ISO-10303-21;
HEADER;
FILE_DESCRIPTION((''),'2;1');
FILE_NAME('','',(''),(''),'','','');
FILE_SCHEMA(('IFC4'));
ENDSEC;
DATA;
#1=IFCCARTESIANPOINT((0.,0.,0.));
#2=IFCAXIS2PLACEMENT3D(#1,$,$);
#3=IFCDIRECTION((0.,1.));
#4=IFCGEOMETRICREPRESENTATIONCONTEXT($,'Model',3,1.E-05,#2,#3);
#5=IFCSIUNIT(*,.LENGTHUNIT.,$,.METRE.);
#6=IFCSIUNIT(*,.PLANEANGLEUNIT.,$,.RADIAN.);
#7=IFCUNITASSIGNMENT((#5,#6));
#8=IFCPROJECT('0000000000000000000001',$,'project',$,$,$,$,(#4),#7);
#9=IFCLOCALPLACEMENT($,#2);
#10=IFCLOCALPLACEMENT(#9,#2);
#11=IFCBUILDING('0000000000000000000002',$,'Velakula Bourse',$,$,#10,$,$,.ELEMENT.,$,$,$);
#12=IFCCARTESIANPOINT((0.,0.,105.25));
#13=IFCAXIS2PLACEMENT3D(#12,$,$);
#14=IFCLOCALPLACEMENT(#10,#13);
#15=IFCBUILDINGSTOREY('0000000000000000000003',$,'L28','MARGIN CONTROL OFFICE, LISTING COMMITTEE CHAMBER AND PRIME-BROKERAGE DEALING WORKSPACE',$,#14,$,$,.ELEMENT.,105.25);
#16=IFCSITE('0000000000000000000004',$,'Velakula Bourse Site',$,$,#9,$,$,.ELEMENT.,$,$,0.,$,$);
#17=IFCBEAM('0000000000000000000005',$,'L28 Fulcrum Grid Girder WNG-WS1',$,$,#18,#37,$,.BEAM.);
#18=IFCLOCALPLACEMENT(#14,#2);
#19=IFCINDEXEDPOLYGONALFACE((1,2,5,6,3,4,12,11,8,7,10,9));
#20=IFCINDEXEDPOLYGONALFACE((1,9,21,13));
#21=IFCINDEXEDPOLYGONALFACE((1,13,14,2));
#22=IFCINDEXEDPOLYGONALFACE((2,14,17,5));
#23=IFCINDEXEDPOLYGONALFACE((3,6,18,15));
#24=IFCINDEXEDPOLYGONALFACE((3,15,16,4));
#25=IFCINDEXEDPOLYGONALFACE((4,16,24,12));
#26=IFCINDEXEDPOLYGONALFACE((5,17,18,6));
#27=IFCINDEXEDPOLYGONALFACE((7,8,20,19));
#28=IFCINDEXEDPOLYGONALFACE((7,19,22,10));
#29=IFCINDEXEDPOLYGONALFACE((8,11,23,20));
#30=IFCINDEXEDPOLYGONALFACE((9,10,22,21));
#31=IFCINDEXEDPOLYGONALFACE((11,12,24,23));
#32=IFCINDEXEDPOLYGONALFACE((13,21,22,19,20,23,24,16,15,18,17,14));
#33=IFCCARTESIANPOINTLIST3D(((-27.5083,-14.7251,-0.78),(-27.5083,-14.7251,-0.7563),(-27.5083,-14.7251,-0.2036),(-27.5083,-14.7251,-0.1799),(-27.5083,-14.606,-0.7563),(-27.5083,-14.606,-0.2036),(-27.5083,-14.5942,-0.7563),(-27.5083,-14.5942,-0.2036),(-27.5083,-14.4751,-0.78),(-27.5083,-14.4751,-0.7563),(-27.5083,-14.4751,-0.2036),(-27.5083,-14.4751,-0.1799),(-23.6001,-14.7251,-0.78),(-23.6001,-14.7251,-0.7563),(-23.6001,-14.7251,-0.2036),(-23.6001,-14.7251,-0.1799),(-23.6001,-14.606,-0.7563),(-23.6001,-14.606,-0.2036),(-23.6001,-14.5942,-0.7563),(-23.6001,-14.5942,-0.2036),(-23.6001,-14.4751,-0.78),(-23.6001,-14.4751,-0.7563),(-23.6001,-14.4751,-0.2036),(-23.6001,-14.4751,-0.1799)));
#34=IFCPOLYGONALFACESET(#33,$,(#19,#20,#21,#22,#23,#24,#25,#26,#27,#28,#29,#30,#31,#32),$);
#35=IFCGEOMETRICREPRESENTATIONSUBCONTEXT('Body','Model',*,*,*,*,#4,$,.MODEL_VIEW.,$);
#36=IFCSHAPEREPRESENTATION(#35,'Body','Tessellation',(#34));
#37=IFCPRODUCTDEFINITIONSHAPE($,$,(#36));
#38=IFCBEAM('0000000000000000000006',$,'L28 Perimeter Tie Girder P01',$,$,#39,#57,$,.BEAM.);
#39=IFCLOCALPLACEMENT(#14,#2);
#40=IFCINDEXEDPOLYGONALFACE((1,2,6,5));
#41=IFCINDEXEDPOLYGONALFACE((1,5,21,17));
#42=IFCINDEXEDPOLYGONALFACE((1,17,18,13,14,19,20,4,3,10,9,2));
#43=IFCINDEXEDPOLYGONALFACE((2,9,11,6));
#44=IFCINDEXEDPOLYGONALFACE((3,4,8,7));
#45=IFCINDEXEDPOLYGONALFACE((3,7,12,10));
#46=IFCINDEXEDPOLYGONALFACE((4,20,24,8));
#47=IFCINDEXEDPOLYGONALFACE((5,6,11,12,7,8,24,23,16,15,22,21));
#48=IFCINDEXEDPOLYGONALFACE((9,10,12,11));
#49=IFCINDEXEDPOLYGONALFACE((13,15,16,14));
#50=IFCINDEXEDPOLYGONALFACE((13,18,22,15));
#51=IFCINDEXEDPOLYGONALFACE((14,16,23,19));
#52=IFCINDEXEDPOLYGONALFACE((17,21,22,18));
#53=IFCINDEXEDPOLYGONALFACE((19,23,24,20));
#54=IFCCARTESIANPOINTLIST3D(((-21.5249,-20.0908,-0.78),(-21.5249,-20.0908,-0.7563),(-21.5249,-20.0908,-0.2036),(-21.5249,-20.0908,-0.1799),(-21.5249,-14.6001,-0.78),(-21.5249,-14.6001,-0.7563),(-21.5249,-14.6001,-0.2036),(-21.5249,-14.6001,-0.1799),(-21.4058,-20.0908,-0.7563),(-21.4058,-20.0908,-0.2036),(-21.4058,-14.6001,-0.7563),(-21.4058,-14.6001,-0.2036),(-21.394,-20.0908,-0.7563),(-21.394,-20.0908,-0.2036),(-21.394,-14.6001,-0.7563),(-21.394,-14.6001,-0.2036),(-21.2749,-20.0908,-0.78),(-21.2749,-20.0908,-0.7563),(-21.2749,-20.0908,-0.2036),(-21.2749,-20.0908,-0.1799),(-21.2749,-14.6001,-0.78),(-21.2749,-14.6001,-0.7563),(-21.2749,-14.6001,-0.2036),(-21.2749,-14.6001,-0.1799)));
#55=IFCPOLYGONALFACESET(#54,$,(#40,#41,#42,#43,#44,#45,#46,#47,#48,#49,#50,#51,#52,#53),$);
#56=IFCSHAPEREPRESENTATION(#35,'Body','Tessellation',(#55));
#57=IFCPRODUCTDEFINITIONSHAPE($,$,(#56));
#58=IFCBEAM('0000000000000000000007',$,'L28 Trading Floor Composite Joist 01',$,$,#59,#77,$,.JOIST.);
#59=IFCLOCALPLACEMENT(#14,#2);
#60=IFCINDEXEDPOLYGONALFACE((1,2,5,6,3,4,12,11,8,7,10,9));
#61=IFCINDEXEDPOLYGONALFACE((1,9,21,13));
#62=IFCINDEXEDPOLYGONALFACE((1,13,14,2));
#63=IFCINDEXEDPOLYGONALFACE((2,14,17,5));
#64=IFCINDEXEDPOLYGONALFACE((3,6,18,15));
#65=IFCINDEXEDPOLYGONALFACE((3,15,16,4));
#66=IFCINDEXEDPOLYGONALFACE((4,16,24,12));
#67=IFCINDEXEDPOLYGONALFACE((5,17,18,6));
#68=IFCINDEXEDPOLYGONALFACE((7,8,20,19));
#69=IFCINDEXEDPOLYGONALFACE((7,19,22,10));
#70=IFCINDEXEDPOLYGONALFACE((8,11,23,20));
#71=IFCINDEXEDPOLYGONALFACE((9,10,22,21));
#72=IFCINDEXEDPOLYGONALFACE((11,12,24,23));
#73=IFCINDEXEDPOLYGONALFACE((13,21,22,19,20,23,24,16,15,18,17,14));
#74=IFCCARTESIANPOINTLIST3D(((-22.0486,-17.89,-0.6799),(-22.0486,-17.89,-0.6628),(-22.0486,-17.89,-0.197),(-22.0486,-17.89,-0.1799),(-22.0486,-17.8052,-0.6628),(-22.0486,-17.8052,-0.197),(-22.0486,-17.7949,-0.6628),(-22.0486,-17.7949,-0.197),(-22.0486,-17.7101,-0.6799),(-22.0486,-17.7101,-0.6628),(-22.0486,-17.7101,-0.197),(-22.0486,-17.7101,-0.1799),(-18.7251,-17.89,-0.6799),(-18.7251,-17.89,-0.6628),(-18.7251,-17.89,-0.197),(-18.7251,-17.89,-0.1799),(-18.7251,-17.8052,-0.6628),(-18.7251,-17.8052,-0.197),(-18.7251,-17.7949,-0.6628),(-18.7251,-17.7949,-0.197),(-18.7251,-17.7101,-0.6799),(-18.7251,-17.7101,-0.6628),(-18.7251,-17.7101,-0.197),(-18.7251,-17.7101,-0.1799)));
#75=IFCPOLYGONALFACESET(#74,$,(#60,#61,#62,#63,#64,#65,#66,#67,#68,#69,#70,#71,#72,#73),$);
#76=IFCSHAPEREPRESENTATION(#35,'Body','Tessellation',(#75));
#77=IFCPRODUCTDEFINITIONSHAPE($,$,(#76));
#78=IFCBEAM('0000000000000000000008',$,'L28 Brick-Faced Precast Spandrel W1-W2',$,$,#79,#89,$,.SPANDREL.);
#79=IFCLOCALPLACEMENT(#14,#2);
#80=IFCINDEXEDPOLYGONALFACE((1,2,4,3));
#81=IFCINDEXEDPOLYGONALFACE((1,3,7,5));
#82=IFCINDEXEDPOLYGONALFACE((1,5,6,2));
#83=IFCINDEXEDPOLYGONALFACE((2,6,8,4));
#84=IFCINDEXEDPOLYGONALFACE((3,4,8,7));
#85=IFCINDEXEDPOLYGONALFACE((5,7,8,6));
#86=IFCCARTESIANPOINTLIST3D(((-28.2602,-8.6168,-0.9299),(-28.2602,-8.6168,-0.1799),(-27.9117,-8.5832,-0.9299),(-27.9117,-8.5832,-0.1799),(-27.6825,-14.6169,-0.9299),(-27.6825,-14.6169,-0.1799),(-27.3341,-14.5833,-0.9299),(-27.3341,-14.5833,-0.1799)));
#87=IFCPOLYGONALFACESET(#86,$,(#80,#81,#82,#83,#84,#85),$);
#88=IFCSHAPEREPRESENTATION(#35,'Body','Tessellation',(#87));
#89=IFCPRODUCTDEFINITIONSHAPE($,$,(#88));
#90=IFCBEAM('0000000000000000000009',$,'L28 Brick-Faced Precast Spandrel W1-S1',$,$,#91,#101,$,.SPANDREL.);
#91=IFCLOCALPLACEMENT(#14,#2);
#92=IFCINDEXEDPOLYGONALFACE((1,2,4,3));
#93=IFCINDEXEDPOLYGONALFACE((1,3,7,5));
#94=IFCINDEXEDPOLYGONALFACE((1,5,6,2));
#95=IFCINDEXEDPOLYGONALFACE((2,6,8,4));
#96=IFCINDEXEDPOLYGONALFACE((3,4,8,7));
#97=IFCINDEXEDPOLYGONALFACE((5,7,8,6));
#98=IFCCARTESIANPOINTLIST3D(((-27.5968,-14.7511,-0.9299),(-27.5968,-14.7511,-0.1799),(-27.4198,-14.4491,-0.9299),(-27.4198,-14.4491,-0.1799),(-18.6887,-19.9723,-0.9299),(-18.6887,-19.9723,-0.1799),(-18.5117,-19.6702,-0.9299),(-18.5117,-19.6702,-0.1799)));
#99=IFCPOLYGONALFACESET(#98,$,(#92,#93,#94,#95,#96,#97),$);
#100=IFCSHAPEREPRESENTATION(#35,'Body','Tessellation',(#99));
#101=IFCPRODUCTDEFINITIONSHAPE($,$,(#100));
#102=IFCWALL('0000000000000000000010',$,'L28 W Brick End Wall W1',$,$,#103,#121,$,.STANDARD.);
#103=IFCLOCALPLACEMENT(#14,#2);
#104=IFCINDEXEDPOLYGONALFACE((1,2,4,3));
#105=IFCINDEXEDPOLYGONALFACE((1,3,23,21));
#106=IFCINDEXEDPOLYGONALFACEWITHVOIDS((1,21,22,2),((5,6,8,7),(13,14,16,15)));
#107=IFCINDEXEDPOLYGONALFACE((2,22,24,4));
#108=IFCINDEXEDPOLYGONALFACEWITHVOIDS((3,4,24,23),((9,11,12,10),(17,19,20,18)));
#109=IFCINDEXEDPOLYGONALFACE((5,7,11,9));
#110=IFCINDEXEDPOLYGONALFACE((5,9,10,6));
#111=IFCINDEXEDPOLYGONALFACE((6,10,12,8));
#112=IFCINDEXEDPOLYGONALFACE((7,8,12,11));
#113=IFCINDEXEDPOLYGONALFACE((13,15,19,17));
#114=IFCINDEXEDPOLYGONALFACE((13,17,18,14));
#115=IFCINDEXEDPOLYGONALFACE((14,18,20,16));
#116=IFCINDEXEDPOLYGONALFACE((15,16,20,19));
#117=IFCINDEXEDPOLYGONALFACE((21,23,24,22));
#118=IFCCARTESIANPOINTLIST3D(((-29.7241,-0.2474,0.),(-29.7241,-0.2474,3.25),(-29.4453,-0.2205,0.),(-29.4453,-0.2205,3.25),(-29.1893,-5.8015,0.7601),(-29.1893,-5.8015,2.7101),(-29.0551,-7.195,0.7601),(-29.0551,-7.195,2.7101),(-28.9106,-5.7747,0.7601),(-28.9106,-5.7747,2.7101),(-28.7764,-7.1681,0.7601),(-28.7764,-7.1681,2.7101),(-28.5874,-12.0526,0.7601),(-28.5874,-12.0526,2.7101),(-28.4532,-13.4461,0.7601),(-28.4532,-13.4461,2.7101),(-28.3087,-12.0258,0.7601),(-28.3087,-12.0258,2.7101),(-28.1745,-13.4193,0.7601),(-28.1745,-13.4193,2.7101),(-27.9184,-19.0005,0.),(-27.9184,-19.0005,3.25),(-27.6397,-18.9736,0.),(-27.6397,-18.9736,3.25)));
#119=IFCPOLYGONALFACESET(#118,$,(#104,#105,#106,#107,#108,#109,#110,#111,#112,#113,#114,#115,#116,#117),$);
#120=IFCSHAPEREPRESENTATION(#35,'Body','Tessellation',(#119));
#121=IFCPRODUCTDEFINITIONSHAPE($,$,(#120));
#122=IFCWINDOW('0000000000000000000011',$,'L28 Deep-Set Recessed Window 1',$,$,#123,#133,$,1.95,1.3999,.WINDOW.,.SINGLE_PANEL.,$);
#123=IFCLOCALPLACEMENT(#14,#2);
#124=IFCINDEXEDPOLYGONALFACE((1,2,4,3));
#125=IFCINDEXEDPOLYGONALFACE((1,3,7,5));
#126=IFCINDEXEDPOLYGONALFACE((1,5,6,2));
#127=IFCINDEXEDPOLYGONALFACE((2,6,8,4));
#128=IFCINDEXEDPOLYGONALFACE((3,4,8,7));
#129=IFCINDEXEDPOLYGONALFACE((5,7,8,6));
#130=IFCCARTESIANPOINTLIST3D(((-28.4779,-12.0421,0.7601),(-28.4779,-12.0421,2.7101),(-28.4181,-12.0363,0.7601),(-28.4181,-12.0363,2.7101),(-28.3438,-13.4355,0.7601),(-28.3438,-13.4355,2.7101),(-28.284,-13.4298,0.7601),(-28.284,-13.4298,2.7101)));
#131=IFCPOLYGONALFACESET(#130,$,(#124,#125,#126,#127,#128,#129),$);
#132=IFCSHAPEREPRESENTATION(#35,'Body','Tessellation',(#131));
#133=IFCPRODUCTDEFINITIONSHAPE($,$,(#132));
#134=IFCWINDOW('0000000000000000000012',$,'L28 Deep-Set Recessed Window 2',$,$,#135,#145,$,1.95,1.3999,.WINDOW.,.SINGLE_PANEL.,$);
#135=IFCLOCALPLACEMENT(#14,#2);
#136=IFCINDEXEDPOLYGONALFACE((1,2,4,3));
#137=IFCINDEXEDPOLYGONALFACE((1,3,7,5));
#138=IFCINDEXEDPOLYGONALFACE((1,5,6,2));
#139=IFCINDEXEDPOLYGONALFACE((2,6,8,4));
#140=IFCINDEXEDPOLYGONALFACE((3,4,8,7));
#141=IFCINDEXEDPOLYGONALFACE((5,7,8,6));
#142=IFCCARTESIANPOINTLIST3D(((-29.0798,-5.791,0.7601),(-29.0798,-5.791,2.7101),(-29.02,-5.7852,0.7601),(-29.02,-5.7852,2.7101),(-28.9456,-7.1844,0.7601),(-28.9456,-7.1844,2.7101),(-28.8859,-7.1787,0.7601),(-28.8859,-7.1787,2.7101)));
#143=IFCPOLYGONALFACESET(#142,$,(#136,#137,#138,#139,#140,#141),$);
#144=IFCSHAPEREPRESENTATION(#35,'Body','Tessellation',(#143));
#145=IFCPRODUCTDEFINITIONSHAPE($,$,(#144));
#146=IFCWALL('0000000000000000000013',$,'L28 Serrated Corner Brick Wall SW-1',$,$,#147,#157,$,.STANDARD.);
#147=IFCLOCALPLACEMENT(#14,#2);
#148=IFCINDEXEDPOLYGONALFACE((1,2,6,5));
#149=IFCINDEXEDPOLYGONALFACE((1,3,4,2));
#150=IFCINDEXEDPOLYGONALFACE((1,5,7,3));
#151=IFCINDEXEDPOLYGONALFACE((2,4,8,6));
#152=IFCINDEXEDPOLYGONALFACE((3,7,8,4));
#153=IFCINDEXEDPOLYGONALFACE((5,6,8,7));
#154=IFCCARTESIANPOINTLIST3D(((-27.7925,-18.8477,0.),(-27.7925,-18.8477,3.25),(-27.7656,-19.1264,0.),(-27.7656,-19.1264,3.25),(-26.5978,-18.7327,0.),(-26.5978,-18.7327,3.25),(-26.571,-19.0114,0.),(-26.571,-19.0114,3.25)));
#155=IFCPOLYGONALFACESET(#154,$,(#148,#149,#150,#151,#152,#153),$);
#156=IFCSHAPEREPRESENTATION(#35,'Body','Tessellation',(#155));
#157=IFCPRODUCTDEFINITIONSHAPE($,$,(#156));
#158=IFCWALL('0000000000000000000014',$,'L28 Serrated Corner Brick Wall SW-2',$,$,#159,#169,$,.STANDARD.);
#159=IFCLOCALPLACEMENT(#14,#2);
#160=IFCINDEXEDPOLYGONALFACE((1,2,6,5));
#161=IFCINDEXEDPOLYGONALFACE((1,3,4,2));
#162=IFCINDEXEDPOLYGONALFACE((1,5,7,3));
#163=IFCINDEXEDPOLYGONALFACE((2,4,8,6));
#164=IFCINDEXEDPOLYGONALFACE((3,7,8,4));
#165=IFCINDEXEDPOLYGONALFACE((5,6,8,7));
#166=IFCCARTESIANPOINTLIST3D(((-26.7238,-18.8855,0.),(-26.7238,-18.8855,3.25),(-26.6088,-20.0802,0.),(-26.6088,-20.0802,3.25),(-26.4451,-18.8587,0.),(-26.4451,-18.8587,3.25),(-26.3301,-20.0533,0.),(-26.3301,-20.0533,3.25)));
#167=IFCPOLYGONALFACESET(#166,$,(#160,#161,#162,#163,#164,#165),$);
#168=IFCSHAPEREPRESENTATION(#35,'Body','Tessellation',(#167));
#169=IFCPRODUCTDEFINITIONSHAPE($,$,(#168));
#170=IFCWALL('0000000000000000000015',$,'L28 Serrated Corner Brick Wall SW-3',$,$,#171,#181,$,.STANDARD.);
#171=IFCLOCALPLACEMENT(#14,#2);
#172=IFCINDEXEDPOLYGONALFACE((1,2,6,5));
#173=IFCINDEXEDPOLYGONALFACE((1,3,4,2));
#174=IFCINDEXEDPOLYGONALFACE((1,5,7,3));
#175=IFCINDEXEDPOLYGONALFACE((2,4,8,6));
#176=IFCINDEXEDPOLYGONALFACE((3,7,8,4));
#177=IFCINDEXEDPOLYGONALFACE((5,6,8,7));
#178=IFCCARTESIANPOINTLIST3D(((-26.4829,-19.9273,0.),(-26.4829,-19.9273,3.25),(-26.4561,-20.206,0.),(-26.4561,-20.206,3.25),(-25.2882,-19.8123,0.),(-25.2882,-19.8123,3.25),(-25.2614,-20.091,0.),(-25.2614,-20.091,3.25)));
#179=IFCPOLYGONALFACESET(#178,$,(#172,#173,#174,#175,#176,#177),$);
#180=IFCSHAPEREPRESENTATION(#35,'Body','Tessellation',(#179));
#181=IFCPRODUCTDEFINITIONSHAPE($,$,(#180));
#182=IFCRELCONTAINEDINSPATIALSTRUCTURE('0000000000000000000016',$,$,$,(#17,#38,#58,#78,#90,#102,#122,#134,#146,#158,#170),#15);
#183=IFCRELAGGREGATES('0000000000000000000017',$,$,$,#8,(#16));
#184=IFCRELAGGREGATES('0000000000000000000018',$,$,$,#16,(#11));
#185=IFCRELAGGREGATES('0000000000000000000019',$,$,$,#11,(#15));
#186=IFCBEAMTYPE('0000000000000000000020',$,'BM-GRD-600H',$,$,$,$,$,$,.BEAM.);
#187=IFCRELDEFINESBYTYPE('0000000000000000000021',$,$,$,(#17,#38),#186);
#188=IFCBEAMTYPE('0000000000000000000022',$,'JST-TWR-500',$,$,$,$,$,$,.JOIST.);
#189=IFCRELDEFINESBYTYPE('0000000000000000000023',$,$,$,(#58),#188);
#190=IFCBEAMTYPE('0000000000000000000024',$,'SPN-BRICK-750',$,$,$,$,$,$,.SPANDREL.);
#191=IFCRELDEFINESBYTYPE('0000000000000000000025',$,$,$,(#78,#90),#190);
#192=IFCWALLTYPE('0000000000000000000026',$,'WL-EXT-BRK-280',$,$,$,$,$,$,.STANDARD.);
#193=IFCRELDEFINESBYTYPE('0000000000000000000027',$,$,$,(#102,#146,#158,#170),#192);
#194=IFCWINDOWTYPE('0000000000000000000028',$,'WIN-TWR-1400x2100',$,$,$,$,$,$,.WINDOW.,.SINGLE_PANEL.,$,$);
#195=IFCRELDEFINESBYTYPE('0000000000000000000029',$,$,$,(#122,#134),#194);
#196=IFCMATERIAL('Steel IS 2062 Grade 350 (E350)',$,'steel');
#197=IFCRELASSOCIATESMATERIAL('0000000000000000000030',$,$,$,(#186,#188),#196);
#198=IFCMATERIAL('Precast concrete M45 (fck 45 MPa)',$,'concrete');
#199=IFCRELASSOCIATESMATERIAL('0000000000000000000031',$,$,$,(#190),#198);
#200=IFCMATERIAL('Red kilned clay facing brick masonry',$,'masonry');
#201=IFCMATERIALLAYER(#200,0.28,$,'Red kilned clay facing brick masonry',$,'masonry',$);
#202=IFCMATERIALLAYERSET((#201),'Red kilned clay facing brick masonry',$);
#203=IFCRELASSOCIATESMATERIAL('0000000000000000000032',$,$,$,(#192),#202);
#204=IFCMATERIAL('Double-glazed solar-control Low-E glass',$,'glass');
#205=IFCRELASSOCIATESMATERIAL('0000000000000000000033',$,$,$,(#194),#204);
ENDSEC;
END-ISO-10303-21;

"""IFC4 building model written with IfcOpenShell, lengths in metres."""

from ifc_helpers import new_model, si_unit, direction, frame, frame_2d, origin, origin_2d, place, context, subcontext, project, spatial, rectangle, i_section, extrude, material, layer, layer_set, material_profile, profile_set, type_object, element, fill, save


model = new_model("IFC4")

# Units and contexts
model_context = context("Model", 3, precision=1e-05, world=origin(), true_north=direction((0.0, 1.0)))
body_context = subcontext(model_context, "Body", "Model", "MODEL_VIEW")
ifc_project = project(units=[si_unit("LENGTHUNIT", "METRE"), si_unit("PLANEANGLEUNIT", "RADIAN")], contexts=[model_context])

# Site, building, storey
site_placement = place(None, origin())
site = spatial("IfcSite", under=ifc_project, at=site_placement, Name="Velakula Bourse Site", CompositionType="ELEMENT", RefElevation=0.0)
building_placement = place(site_placement, origin())
building = spatial("IfcBuilding", under=site, at=building_placement, Name="Velakula Bourse", CompositionType="ELEMENT")
storey_placement = place(building_placement, frame((0.0, 0.0, 105.25)))
storey = spatial("IfcBuildingStorey", under=building, at=storey_placement, Name="L28", Description="MARGIN CONTROL OFFICE, LISTING COMMITTEE CHAMBER AND PRIME-BROKERAGE DEALING WORKSPACE", CompositionType="ELEMENT", Elevation=105.25)

# Shared definitions
ifc_material_1 = material(Name="Precast concrete M45 (fck 45 MPa)", Category="concrete")

# Beams
ifc_material_2 = material(Name="Steel IS 2062 Grade 350 (E350)", Category="steel")
ifc_material_profile_1 = material_profile(ifc_material_2, i_section(OverallWidth=0.25, OverallDepth=0.6001, WebThickness=0.0117, FlangeThickness=0.0237, at=origin_2d()), Name="Steel IS 2062 Grade 350 (E350)")
ifc_profile_set_1 = profile_set([ifc_material_profile_1], Name="Steel IS 2062 Grade 350 (E350)")
beam_type_1 = type_object("IfcBeamType", Name="BM-GRD-600H", PredefinedType="BEAM", material=ifc_profile_set_1)
beam_1_placement = place(storey_placement, frame((-27.5083, -14.6001, -0.48), z_axis=(1.0, 0.0, 0.0), x_axis=(0.0, 1.0, 0.0)))
element("IfcBeam", 1, at=beam_1_placement, inside=storey, type_object=beam_type_1, Name="L28 Fulcrum Grid Girder WNG-WS1", PredefinedType="BEAM", context=body_context, shape_type="SweptSolid", body=[
    extrude(i_section(OverallWidth=0.25, OverallDepth=0.6001, WebThickness=0.0117, FlangeThickness=0.0237, at=origin_2d()), origin(), (0.0, 0.0, 1.0), 3.9082),
])
beam_2_placement = place(storey_placement, frame((-21.3999, -14.6001, -0.48), z_axis=(0.0, -1.0, 0.0), x_axis=(1.0, 0.0, 0.0)))
element("IfcBeam", 2, at=beam_2_placement, inside=storey, type_object=beam_type_1, Name="L28 Perimeter Tie Girder P01", PredefinedType="BEAM", context=body_context, shape_type="SweptSolid", body=[
    extrude(i_section(OverallWidth=0.25, OverallDepth=0.6001, WebThickness=0.0117, FlangeThickness=0.0237, at=origin_2d()), origin(), (0.0, 0.0, 1.0), 5.4907),
])
ifc_material_profile_2 = material_profile(ifc_material_2, i_section(OverallWidth=0.1799, OverallDepth=0.5, WebThickness=0.0103, FlangeThickness=0.0171, at=origin_2d()), Name="Steel IS 2062 Grade 350 (E350)")
ifc_profile_set_2 = profile_set([ifc_material_profile_2], Name="Steel IS 2062 Grade 350 (E350)")
beam_type_2 = type_object("IfcBeamType", Name="JST-TWR-500", PredefinedType="JOIST", material=ifc_profile_set_2)
beam_3_placement = place(storey_placement, frame((-22.0486, -17.8, -0.4299), z_axis=(1.0, 0.0, 0.0), x_axis=(0.0, 1.0, 0.0)))
element("IfcBeam", 3, at=beam_3_placement, inside=storey, type_object=beam_type_2, Name="L28 Trading Floor Composite Joist 01", PredefinedType="JOIST", context=body_context, shape_type="SweptSolid", body=[
    extrude(i_section(OverallWidth=0.1799, OverallDepth=0.5, WebThickness=0.0103, FlangeThickness=0.0171, at=origin_2d()), origin(), (0.0, 0.0, 1.0), 3.3235),
])
ifc_material_profile_3 = material_profile(ifc_material_1, rectangle(XDim=0.3501, YDim=0.75, at=origin_2d()), Name="Precast concrete M45 (fck 45 MPa)")
ifc_profile_set_3 = profile_set([ifc_material_profile_3], Name="Precast concrete M45 (fck 45 MPa)")
beam_type_3 = type_object("IfcBeamType", Name="SPN-BRICK-750", PredefinedType="SPANDREL", material=ifc_profile_set_3)
beam_4_placement = place(storey_placement, frame((-27.5083, -14.6001, -0.5549), z_axis=(-0.09583, 0.995398, 0.0), x_axis=(-0.995398, -0.09583, 0.0)))
element("IfcBeam", 4, at=beam_4_placement, inside=storey, type_object=beam_type_3, Name="L28 Brick-Faced Precast Spandrel W1-W2", PredefinedType="SPANDREL", context=body_context, shape_type="SweptSolid", body=[
    extrude(rectangle(XDim=0.3501, YDim=0.75, at=origin_2d()), origin(), (0.0, 0.0, 1.0), 6.0278),
])
beam_5_placement = place(storey_placement, frame((-27.5083, -14.6001, -0.5549), z_axis=(0.862734, -0.505658, 0.0), x_axis=(0.505658, 0.862734, 0.0)))
element("IfcBeam", 5, at=beam_5_placement, inside=storey, type_object=beam_type_3, Name="L28 Brick-Faced Precast Spandrel W1-S1", PredefinedType="SPANDREL", context=body_context, shape_type="SweptSolid", body=[
    extrude(rectangle(XDim=0.3501, YDim=0.75, at=origin_2d()), origin(), (0.0, 0.0, 1.0), 10.3254),
])

# Wall, openings, windows
ifc_material_3 = material(Name="Red kilned clay facing brick masonry", Category="masonry")
ifc_layer_1 = layer(ifc_material_3, 0.28, Name="Red kilned clay facing brick masonry", Category="masonry")
ifc_layer_set_1 = layer_set([ifc_layer_1], Name="Red kilned clay facing brick masonry")
wall_type_1 = type_object("IfcWallType", Name="WL-EXT-BRK-280", PredefinedType="STANDARD", material=ifc_layer_set_1)
wall_1_placement = place(storey_placement, frame((-27.7791, -18.9871, 0.0), z_axis=(0.0, 0.0, 1.0), x_axis=(-0.095843, 0.995397, 0.0)))
wall_1 = element("IfcWall", 6, at=wall_1_placement, inside=storey, type_object=wall_type_1, Name="L28 W Brick End Wall W1", PredefinedType="STANDARD", context=body_context, shape_type="SweptSolid", body=[
    extrude(rectangle(XDim=18.8398, YDim=0.28, at=frame_2d((9.4199, 0.0))), origin(), (0.0, 0.0, 1.0), 3.25),
])
opening_1_placement = place(wall_1_placement, frame((5.5801, 0.0, 0.76)))
opening_1 = element("IfcOpeningElement", 7, at=opening_1_placement, cuts=wall_1, PredefinedType="OPENING", context=body_context, shape_type="SweptSolid", body=[
    extrude(rectangle(XDim=1.3999, YDim=1.95, at=frame_2d((0.7, 0.9751))), frame((0.0, 0.1499, 0.0), z_axis=(0.0, -1.0, 0.0), x_axis=(1.0, 0.0, 0.0)), (0.0, 0.0, 1.0), 0.3),
])
opening_2_placement = place(wall_1_placement, frame((11.8601, 0.0, 0.76)))
opening_2 = element("IfcOpeningElement", 8, at=opening_2_placement, cuts=wall_1, PredefinedType="OPENING", context=body_context, shape_type="SweptSolid", body=[
    extrude(rectangle(XDim=1.3999, YDim=1.95, at=frame_2d((0.7, 0.9751))), frame((0.0, 0.1499, 0.0), z_axis=(0.0, -1.0, 0.0), x_axis=(1.0, 0.0, 0.0)), (0.0, 0.0, 1.0), 0.3),
])
ifc_material_4 = material(Name="Double-glazed solar-control Low-E glass", Category="glass")
window_type = type_object("IfcWindowType", Name="WIN-TWR-1400x2100", PartitioningType="SINGLE_PANEL", PredefinedType="WINDOW", material=ifc_material_4)
window_1_placement = place(opening_1_placement, origin())
window_1 = element("IfcWindow", 9, at=window_1_placement, inside=storey, type_object=window_type, Name="L28 Deep-Set Recessed Window 1", OverallHeight=1.95, OverallWidth=1.3999, PartitioningType="SINGLE_PANEL", PredefinedType="WINDOW", context=body_context, shape_type="SweptSolid", body=[
    extrude(rectangle(XDim=1.3999, YDim=1.95, at=frame_2d((0.7, 0.9751))), frame((0.0, 0.03, 0.0), z_axis=(0.0, -1.0, 0.0), x_axis=(1.0, 0.0, 0.0)), (0.0, 0.0, 1.0), 0.0601),
])
fill(opening_1, window_1)
window_2_placement = place(opening_2_placement, origin())
window_2 = element("IfcWindow", 10, at=window_2_placement, inside=storey, type_object=window_type, Name="L28 Deep-Set Recessed Window 2", OverallHeight=1.95, OverallWidth=1.3999, PartitioningType="SINGLE_PANEL", PredefinedType="WINDOW", context=body_context, shape_type="SweptSolid", body=[
    extrude(rectangle(XDim=1.3999, YDim=1.95, at=frame_2d((0.7, 0.9751))), frame((0.0, 0.03, 0.0), z_axis=(0.0, -1.0, 0.0), x_axis=(1.0, 0.0, 0.0)), (0.0, 0.0, 1.0), 0.0601),
])
fill(opening_2, window_2)

# Walls
for number, where, z_axis, x_axis, name in (
    (11, (-27.7791, -18.9871, 0.0), (0.0, 0.0, 1.0), (0.995399, 0.095817, 0.0), "L28 Serrated Corner Brick Wall SW-1"),
    (12, (-26.5845, -18.8721, 0.0), (0.0, 0.0, 1.0), (0.095817, -0.995399, 0.0), "L28 Serrated Corner Brick Wall SW-2"),
    (13, (-26.4695, -20.0667, 0.0), (0.0, 0.0, 1.0), (0.995399, 0.095817, 0.0), "L28 Serrated Corner Brick Wall SW-3"),
):
    element("IfcWall", number, at=place(storey_placement, frame(where, z_axis=z_axis, x_axis=x_axis)), inside=storey, type_object=wall_type_1, Name=name, PredefinedType="STANDARD", context=body_context, shape_type="SweptSolid", body=[
        extrude(rectangle(XDim=1.2002, YDim=0.28, at=frame_2d((0.6001, 0.0))), origin(), (0.0, 0.0, 1.0), 3.25),
    ])

save(model, "model.ifc")
